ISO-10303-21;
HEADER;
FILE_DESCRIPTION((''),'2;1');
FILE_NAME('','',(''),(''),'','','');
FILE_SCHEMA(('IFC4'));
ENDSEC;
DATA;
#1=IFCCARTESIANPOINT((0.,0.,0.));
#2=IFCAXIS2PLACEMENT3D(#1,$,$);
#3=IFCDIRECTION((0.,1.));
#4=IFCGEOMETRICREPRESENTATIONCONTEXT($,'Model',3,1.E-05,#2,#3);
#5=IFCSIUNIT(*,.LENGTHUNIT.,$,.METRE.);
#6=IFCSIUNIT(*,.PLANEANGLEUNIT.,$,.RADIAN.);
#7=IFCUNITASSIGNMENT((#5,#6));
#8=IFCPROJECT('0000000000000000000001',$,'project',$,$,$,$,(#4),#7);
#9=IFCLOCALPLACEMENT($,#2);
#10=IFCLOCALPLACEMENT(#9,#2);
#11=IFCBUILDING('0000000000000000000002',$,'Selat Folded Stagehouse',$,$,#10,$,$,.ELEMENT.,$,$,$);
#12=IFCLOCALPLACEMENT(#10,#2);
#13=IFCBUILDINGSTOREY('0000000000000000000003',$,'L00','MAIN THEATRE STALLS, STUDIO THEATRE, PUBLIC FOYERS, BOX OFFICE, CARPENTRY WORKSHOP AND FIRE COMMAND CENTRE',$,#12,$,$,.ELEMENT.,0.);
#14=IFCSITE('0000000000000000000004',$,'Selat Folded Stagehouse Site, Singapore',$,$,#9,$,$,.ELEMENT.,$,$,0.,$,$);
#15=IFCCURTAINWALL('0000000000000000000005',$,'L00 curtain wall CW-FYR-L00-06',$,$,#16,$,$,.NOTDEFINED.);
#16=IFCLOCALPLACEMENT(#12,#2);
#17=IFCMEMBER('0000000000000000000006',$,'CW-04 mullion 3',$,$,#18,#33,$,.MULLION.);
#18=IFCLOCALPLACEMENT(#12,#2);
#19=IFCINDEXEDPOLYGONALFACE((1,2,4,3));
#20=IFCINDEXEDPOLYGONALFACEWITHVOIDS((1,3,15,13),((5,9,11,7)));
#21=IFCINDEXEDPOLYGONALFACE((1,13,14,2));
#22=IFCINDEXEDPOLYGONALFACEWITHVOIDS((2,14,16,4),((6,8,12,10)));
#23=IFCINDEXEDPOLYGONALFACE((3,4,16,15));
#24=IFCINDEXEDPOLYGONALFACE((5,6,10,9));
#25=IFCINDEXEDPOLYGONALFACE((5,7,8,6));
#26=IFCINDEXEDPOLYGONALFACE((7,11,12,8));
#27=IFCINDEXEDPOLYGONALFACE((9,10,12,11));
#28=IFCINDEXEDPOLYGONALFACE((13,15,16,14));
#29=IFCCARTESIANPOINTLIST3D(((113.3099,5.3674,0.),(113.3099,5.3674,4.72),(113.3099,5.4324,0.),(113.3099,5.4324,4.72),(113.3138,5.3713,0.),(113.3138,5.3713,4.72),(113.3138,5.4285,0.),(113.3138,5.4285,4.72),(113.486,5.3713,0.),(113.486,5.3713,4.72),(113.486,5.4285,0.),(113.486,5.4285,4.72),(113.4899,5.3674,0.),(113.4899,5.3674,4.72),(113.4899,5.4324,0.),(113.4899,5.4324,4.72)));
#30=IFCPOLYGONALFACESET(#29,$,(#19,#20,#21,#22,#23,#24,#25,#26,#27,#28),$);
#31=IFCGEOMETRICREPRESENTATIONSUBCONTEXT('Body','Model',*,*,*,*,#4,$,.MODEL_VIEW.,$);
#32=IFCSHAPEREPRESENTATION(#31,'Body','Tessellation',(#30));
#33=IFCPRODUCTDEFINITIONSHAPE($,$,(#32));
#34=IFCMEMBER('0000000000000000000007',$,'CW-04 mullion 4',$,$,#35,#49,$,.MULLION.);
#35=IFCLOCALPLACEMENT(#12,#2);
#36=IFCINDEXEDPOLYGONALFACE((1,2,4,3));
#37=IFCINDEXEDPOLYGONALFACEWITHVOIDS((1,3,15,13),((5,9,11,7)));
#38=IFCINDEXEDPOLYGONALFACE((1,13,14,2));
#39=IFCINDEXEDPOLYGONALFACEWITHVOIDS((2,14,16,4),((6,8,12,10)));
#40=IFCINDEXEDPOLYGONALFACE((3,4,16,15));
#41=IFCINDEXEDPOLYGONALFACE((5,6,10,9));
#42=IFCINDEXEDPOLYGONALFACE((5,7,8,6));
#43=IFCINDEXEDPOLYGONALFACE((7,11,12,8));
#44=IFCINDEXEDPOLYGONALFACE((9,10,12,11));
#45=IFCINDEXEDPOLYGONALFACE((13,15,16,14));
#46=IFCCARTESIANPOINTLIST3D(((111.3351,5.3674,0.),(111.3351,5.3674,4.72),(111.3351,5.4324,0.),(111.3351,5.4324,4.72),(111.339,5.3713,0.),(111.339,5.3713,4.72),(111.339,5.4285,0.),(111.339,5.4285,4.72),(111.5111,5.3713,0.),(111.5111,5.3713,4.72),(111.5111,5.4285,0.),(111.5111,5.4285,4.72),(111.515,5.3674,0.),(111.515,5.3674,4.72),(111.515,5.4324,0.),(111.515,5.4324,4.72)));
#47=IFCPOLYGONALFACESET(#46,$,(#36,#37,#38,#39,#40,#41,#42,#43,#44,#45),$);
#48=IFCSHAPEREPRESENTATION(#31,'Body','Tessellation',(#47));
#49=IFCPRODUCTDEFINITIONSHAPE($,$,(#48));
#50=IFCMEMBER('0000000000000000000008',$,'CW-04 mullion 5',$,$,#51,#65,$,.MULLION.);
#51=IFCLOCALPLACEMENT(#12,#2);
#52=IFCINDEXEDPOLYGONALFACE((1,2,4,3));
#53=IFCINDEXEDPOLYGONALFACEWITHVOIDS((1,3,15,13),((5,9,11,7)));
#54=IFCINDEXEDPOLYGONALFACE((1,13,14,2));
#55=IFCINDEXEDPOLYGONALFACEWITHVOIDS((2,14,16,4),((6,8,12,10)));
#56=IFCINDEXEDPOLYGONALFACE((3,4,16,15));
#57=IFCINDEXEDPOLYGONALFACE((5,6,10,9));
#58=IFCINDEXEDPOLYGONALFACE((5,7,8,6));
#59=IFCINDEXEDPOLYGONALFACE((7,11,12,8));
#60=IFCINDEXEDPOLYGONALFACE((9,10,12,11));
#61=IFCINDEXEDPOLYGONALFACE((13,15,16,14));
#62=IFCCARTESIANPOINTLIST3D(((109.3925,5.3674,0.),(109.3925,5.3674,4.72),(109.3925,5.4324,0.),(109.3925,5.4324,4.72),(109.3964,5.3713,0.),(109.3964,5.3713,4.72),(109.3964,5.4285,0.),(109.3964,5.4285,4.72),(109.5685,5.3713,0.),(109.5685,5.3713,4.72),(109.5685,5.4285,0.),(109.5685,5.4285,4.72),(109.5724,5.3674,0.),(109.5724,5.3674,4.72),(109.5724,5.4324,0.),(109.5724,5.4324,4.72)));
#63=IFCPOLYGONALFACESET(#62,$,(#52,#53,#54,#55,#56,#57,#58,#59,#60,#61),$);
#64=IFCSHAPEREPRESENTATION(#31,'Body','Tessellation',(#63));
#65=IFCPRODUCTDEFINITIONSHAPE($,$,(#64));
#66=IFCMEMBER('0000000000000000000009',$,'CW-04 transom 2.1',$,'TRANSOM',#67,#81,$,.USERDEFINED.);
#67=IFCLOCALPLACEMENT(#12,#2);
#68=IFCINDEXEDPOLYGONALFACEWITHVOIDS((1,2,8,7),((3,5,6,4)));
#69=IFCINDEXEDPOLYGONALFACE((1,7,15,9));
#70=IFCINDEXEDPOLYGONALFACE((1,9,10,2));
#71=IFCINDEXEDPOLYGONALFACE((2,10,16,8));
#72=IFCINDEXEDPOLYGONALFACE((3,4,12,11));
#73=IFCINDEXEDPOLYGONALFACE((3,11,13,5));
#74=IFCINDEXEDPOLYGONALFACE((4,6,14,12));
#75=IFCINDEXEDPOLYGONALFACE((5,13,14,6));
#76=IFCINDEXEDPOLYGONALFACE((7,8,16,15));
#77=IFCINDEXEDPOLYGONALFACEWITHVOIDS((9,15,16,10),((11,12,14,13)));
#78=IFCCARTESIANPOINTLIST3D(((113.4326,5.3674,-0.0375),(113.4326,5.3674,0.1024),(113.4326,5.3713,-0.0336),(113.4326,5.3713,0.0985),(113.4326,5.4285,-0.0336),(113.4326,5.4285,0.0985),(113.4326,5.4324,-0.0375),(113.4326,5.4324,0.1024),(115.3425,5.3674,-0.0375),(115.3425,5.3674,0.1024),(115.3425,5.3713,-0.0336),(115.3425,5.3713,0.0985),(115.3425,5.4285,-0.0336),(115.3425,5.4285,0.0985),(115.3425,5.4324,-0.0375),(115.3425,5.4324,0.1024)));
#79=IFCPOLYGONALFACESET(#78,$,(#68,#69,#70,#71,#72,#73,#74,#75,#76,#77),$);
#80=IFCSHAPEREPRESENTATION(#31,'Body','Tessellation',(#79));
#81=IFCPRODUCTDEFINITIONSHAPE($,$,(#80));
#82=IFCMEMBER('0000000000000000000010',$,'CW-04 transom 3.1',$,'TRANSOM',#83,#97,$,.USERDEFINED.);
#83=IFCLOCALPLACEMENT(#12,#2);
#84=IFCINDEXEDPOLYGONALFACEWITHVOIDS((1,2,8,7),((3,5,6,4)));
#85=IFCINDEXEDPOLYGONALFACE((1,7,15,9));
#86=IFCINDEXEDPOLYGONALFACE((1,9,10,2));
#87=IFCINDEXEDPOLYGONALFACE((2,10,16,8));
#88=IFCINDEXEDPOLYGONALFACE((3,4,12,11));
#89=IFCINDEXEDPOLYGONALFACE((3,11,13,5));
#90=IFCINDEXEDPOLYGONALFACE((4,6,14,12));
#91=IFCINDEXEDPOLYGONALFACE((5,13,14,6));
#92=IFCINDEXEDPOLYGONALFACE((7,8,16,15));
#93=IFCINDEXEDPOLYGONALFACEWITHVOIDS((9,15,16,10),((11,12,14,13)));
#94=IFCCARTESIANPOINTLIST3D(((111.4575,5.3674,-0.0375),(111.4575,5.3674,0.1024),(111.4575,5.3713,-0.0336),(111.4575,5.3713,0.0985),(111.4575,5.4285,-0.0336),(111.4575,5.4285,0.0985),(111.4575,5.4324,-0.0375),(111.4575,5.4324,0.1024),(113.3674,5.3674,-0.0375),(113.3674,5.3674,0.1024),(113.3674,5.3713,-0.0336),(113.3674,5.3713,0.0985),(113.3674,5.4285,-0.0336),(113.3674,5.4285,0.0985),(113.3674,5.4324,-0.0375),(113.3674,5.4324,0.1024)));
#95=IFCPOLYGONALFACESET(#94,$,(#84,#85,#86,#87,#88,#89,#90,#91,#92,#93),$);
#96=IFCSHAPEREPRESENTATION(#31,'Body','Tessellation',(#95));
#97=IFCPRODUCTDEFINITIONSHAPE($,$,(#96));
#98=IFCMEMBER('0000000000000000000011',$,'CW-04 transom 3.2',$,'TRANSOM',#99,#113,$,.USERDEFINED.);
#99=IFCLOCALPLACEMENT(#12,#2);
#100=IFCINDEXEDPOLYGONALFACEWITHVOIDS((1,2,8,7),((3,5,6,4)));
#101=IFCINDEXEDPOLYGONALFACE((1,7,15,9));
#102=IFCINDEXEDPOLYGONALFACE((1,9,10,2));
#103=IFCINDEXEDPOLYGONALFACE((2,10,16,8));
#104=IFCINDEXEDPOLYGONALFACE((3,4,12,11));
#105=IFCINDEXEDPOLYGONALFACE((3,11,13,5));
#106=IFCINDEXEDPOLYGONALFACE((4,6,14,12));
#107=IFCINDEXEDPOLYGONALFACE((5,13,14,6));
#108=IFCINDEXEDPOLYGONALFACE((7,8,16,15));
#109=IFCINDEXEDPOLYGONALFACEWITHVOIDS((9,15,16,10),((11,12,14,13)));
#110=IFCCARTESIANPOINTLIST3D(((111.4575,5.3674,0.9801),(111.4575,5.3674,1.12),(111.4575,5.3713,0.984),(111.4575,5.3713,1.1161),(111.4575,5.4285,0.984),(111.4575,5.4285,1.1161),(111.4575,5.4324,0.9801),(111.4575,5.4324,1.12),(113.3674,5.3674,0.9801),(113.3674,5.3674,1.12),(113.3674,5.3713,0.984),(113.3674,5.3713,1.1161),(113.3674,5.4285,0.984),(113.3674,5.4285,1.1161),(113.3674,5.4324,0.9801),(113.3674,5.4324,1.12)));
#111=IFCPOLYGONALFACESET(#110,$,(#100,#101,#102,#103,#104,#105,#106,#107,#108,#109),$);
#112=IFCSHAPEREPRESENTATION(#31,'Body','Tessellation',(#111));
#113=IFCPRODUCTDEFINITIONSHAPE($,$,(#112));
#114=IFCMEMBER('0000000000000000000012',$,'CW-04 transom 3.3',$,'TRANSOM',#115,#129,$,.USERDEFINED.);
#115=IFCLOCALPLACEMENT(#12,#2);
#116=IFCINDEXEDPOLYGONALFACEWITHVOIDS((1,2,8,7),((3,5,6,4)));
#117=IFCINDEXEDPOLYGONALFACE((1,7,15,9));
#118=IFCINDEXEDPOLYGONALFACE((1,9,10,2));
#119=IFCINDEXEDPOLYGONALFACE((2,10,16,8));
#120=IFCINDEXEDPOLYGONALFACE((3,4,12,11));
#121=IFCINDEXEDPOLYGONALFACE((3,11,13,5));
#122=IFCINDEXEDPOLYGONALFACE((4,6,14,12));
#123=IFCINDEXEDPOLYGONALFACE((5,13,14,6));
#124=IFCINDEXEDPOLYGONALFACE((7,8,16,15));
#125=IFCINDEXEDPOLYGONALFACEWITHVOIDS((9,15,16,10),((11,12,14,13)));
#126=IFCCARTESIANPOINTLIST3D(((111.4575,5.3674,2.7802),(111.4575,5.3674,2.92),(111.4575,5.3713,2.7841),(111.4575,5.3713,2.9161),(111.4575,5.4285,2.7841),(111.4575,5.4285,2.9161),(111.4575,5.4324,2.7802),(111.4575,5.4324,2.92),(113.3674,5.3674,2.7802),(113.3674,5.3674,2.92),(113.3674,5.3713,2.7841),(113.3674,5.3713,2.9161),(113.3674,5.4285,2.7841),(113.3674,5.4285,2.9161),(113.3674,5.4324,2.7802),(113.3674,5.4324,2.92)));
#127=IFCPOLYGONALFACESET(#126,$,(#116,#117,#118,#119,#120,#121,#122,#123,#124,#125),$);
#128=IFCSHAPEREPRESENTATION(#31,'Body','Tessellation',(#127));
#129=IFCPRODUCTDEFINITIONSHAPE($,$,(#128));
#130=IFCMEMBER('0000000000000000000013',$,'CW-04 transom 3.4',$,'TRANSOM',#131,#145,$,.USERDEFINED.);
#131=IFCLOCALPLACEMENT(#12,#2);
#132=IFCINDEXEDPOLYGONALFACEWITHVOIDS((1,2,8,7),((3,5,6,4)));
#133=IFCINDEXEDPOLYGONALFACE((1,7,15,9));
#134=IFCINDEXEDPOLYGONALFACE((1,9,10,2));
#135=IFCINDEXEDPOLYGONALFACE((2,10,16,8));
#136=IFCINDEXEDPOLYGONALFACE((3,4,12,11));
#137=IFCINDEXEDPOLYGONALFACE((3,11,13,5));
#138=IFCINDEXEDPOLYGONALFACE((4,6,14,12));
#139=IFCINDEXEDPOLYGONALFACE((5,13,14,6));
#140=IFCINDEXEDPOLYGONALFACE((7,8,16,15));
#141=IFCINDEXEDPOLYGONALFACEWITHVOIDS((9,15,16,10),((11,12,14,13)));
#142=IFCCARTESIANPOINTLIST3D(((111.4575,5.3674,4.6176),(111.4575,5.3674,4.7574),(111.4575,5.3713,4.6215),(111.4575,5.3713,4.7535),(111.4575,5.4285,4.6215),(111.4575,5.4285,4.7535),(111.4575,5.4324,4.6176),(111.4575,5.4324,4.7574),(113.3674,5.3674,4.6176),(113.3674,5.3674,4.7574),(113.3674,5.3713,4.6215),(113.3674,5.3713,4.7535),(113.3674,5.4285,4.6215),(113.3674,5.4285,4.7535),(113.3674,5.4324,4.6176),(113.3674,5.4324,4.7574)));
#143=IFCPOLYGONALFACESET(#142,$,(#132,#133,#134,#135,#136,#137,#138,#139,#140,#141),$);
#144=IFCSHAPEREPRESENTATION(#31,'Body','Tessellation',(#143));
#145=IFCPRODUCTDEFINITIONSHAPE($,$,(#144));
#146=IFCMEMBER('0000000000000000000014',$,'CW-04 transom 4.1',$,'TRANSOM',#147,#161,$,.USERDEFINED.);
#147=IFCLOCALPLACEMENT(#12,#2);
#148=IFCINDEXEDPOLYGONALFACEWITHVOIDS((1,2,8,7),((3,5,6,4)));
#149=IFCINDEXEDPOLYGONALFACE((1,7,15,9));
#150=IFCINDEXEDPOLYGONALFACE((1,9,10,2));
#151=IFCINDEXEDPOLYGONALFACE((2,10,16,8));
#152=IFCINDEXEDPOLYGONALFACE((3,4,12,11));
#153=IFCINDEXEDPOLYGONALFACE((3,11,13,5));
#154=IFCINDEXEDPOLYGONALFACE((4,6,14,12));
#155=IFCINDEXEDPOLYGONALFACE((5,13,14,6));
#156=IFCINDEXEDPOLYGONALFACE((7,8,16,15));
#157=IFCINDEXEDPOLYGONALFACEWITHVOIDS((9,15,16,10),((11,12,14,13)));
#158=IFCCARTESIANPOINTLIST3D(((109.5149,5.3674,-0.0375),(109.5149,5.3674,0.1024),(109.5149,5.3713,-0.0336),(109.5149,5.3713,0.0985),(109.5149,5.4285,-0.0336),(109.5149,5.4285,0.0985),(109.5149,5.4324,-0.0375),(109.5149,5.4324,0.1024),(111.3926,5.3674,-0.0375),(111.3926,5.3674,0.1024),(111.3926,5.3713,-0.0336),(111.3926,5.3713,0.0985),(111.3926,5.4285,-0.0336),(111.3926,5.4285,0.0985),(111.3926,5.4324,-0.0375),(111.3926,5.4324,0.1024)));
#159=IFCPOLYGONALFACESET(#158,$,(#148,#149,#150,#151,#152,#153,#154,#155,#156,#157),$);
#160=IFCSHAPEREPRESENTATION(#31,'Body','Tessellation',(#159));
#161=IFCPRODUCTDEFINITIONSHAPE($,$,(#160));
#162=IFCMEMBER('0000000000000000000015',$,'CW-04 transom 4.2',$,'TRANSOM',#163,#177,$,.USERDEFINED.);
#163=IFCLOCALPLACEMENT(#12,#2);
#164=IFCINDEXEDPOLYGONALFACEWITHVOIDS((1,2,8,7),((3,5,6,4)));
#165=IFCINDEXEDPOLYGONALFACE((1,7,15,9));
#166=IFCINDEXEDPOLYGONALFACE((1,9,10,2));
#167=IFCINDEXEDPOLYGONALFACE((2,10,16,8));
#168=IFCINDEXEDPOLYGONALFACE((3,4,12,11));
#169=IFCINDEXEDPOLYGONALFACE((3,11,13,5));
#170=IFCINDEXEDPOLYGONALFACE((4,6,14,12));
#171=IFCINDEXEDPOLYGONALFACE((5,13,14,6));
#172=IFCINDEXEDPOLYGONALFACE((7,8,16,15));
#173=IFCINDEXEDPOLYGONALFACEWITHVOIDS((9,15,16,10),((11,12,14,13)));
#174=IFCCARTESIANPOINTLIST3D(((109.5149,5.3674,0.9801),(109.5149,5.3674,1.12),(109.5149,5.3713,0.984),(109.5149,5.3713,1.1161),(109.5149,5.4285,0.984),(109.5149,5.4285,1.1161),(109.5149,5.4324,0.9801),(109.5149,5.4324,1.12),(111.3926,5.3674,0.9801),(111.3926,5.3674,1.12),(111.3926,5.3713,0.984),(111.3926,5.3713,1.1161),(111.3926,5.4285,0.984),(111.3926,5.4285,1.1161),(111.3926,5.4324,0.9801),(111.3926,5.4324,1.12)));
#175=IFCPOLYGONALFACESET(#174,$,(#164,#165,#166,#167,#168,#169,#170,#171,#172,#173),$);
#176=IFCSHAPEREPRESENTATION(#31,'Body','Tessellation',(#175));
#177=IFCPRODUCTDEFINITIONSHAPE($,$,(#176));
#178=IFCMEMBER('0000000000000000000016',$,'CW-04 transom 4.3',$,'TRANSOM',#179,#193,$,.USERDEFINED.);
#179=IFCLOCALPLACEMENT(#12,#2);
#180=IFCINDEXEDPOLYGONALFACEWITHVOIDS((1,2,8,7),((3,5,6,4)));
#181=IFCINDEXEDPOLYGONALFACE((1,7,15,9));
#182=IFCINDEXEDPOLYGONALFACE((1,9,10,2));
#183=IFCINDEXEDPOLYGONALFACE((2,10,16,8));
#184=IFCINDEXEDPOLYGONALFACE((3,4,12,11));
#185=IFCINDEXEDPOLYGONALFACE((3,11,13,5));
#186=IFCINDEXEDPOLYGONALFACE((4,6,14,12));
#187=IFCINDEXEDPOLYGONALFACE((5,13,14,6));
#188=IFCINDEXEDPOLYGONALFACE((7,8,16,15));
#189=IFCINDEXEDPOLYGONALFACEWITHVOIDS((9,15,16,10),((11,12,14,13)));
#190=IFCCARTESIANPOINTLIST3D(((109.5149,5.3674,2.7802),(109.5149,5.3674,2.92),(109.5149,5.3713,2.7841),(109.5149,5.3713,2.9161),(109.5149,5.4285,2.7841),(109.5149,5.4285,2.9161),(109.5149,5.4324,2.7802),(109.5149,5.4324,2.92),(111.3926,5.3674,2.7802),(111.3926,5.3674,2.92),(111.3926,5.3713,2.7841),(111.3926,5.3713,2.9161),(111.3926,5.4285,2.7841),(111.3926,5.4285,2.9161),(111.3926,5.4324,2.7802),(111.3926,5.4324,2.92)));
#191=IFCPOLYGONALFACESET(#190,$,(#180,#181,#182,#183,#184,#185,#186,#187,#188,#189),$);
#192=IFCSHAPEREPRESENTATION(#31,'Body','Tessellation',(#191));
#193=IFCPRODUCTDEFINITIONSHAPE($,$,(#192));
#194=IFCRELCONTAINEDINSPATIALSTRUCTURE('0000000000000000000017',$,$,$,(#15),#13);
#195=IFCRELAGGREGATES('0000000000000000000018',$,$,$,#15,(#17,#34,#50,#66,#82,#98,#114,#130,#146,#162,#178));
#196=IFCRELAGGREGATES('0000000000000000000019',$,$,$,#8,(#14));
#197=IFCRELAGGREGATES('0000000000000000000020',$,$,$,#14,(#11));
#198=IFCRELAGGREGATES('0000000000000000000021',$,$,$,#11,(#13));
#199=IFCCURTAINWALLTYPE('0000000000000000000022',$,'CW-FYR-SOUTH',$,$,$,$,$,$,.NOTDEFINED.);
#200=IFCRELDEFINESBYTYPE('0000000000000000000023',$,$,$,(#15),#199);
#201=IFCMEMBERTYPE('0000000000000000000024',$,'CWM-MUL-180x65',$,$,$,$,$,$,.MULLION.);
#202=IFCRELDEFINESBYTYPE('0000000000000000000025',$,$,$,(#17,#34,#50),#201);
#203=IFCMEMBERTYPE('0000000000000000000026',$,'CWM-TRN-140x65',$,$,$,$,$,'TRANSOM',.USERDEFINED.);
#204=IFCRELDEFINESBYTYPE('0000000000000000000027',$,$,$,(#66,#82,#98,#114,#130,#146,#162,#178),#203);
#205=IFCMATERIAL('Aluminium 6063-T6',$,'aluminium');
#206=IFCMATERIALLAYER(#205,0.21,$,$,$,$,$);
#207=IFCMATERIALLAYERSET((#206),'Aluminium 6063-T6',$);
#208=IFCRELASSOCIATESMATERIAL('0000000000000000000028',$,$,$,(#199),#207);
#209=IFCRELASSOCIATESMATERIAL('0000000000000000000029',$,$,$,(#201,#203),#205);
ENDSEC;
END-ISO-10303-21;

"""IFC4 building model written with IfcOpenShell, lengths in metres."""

from ifc_helpers import new_model, si_unit, direction, frame, origin, origin_2d, place, context, subcontext, project, spatial, hollow_rectangle, extrude, material, layer, layer_set, material_profile, profile_set, type_object, element, aggregate, save


model = new_model("IFC4")

# Units and contexts
model_context = context("Model", 3, precision=1e-05, world=origin(), true_north=direction((0.0, 1.0)))
body_context = subcontext(model_context, "Body", "Model", "MODEL_VIEW")
ifc_project = project(units=[si_unit("LENGTHUNIT", "METRE"), si_unit("PLANEANGLEUNIT", "RADIAN")], contexts=[model_context])

# Site, building, storey
site_placement = place(None, origin())
site = spatial("IfcSite", under=ifc_project, at=site_placement, Name="Selat Folded Stagehouse Site, Singapore", CompositionType="ELEMENT", RefElevation=0.0)
building_placement = place(site_placement, origin())
building = spatial("IfcBuilding", under=site, at=building_placement, Name="Selat Folded Stagehouse", CompositionType="ELEMENT")
storey_placement = place(building_placement, origin())
storey = spatial("IfcBuildingStorey", under=building, at=storey_placement, Name="L00", Description="MAIN THEATRE STALLS, STUDIO THEATRE, PUBLIC FOYERS, BOX OFFICE, CARPENTRY WORKSHOP AND FIRE COMMAND CENTRE", CompositionType="ELEMENT", Elevation=0.0)

# Curtain wall, members
ifc_material_1 = material(Name="Aluminium 6063-T6", Category="aluminium")
ifc_layer_1 = layer(ifc_material_1, 0.21)
ifc_layer_set_1 = layer_set([ifc_layer_1], Name="Aluminium 6063-T6")
curtain_wall_type = type_object("IfcCurtainWallType", Name="CW-FYR-SOUTH", PredefinedType="NOTDEFINED", material=ifc_layer_set_1)
curtain_wall_placement = place(storey_placement, origin())
curtain_wall = element("IfcCurtainWall", 1, at=curtain_wall_placement, inside=storey, type_object=curtain_wall_type, Name="L00 curtain wall CW-FYR-L00-06", PredefinedType="NOTDEFINED")
ifc_material_profile_1 = material_profile(ifc_material_1, hollow_rectangle(XDim=0.0649, YDim=0.1799, WallThickness=0.0039, at=origin_2d()), Name="ALU 180x65x4.0")
ifc_profile_set_1 = profile_set([ifc_material_profile_1], Name="Aluminium 6063-T6")
member_type_1 = type_object("IfcMemberType", Name="CWM-MUL-180x65", PredefinedType="MULLION", material=ifc_profile_set_1)
member_1_placement = place(storey_placement, frame((113.3999, 5.3999, 0.0), z_axis=(0.0, 0.0, 1.0), x_axis=(0.0, -1.0, 0.0)))
member_1 = element("IfcMember", 2, at=member_1_placement, type_object=member_type_1, Name="CW-04 mullion 3", PredefinedType="MULLION", context=body_context, shape_type="SweptSolid", body=[
    extrude(hollow_rectangle(XDim=0.0649, YDim=0.1799, WallThickness=0.0039, at=origin_2d()), origin(), (0.0, 0.0, 1.0), 4.72),
])
member_2_placement = place(storey_placement, frame((111.425, 5.3999, 0.0), z_axis=(0.0, 0.0, 1.0), x_axis=(0.0, -1.0, 0.0)))
member_2 = element("IfcMember", 3, at=member_2_placement, type_object=member_type_1, Name="CW-04 mullion 4", PredefinedType="MULLION", context=body_context, shape_type="SweptSolid", body=[
    extrude(hollow_rectangle(XDim=0.0649, YDim=0.1799, WallThickness=0.0039, at=origin_2d()), origin(), (0.0, 0.0, 1.0), 4.72),
])
member_3_placement = place(storey_placement, frame((109.4824, 5.3999, 0.0), z_axis=(0.0, 0.0, 1.0), x_axis=(0.0, -1.0, 0.0)))
member_3 = element("IfcMember", 4, at=member_3_placement, type_object=member_type_1, Name="CW-04 mullion 5", PredefinedType="MULLION", context=body_context, shape_type="SweptSolid", body=[
    extrude(hollow_rectangle(XDim=0.0649, YDim=0.1799, WallThickness=0.0039, at=origin_2d()), origin(), (0.0, 0.0, 1.0), 4.72),
])
ifc_material_profile_2 = material_profile(ifc_material_1, hollow_rectangle(XDim=0.0649, YDim=0.1399, WallThickness=0.0039, at=origin_2d()), Name="ALU 140x65x4.0")
ifc_profile_set_2 = profile_set([ifc_material_profile_2], Name="Aluminium 6063-T6")
member_type_2 = type_object("IfcMemberType", Name="CWM-TRN-140x65", ElementType="TRANSOM", PredefinedType="USERDEFINED", material=ifc_profile_set_2)
member_4_placement = place(storey_placement, frame((115.3425, 5.3999, 0.0325), z_axis=(-1.0, 0.0, 0.0), x_axis=(0.0, -1.0, 0.0)))
member_4 = element("IfcMember", 5, at=member_4_placement, type_object=member_type_2, Name="CW-04 transom 2.1", ObjectType="TRANSOM", PredefinedType="USERDEFINED", context=body_context, shape_type="SweptSolid", body=[
    extrude(hollow_rectangle(XDim=0.0649, YDim=0.1399, WallThickness=0.0039, at=origin_2d()), origin(), (0.0, 0.0, 1.0), 1.9099),
])
member_5_placement = place(storey_placement, frame((113.3674, 5.3999, 0.0325), z_axis=(-1.0, 0.0, 0.0), x_axis=(0.0, -1.0, 0.0)))
member_5 = element("IfcMember", 6, at=member_5_placement, type_object=member_type_2, Name="CW-04 transom 3.1", ObjectType="TRANSOM", PredefinedType="USERDEFINED", context=body_context, shape_type="SweptSolid", body=[
    extrude(hollow_rectangle(XDim=0.0649, YDim=0.1399, WallThickness=0.0039, at=origin_2d()), origin(), (0.0, 0.0, 1.0), 1.9099),
])
member_6_placement = place(storey_placement, frame((113.3674, 5.3999, 1.05), z_axis=(-1.0, 0.0, 0.0), x_axis=(0.0, -1.0, 0.0)))
member_6 = element("IfcMember", 7, at=member_6_placement, type_object=member_type_2, Name="CW-04 transom 3.2", ObjectType="TRANSOM", PredefinedType="USERDEFINED", context=body_context, shape_type="SweptSolid", body=[
    extrude(hollow_rectangle(XDim=0.0649, YDim=0.1399, WallThickness=0.0039, at=origin_2d()), origin(), (0.0, 0.0, 1.0), 1.9099),
])
member_7_placement = place(storey_placement, frame((113.3674, 5.3999, 2.8501), z_axis=(-1.0, 0.0, 0.0), x_axis=(0.0, -1.0, 0.0)))
member_7 = element("IfcMember", 8, at=member_7_placement, type_object=member_type_2, Name="CW-04 transom 3.3", ObjectType="TRANSOM", PredefinedType="USERDEFINED", context=body_context, shape_type="SweptSolid", body=[
    extrude(hollow_rectangle(XDim=0.0649, YDim=0.1399, WallThickness=0.0039, at=origin_2d()), origin(), (0.0, 0.0, 1.0), 1.9099),
])
member_8_placement = place(storey_placement, frame((113.3674, 5.3999, 4.6875), z_axis=(-1.0, 0.0, 0.0), x_axis=(0.0, -1.0, 0.0)))
member_8 = element("IfcMember", 9, at=member_8_placement, type_object=member_type_2, Name="CW-04 transom 3.4", ObjectType="TRANSOM", PredefinedType="USERDEFINED", context=body_context, shape_type="SweptSolid", body=[
    extrude(hollow_rectangle(XDim=0.0649, YDim=0.1399, WallThickness=0.0039, at=origin_2d()), origin(), (0.0, 0.0, 1.0), 1.9099),
])
member_9_placement = place(storey_placement, frame((111.3926, 5.3999, 0.0325), z_axis=(-1.0, 0.0, 0.0), x_axis=(0.0, -1.0, 0.0)))
member_9 = element("IfcMember", 10, at=member_9_placement, type_object=member_type_2, Name="CW-04 transom 4.1", ObjectType="TRANSOM", PredefinedType="USERDEFINED", context=body_context, shape_type="SweptSolid", body=[
    extrude(hollow_rectangle(XDim=0.0649, YDim=0.1399, WallThickness=0.0039, at=origin_2d()), origin(), (0.0, 0.0, 1.0), 1.8777),
])
member_10_placement = place(storey_placement, frame((111.3926, 5.3999, 1.05), z_axis=(-1.0, 0.0, 0.0), x_axis=(0.0, -1.0, 0.0)))
member_10 = element("IfcMember", 11, at=member_10_placement, type_object=member_type_2, Name="CW-04 transom 4.2", ObjectType="TRANSOM", PredefinedType="USERDEFINED", context=body_context, shape_type="SweptSolid", body=[
    extrude(hollow_rectangle(XDim=0.0649, YDim=0.1399, WallThickness=0.0039, at=origin_2d()), origin(), (0.0, 0.0, 1.0), 1.8777),
])
member_11_placement = place(storey_placement, frame((111.3926, 5.3999, 2.8501), z_axis=(-1.0, 0.0, 0.0), x_axis=(0.0, -1.0, 0.0)))
member_11 = element("IfcMember", 12, at=member_11_placement, type_object=member_type_2, Name="CW-04 transom 4.3", ObjectType="TRANSOM", PredefinedType="USERDEFINED", context=body_context, shape_type="SweptSolid", body=[
    extrude(hollow_rectangle(XDim=0.0649, YDim=0.1399, WallThickness=0.0039, at=origin_2d()), origin(), (0.0, 0.0, 1.0), 1.8777),
])

aggregate(curtain_wall, [member_1, member_2, member_3, member_4, member_5, member_6, member_7, member_8, member_9, member_10, member_11])

save(model, "model.ifc")
